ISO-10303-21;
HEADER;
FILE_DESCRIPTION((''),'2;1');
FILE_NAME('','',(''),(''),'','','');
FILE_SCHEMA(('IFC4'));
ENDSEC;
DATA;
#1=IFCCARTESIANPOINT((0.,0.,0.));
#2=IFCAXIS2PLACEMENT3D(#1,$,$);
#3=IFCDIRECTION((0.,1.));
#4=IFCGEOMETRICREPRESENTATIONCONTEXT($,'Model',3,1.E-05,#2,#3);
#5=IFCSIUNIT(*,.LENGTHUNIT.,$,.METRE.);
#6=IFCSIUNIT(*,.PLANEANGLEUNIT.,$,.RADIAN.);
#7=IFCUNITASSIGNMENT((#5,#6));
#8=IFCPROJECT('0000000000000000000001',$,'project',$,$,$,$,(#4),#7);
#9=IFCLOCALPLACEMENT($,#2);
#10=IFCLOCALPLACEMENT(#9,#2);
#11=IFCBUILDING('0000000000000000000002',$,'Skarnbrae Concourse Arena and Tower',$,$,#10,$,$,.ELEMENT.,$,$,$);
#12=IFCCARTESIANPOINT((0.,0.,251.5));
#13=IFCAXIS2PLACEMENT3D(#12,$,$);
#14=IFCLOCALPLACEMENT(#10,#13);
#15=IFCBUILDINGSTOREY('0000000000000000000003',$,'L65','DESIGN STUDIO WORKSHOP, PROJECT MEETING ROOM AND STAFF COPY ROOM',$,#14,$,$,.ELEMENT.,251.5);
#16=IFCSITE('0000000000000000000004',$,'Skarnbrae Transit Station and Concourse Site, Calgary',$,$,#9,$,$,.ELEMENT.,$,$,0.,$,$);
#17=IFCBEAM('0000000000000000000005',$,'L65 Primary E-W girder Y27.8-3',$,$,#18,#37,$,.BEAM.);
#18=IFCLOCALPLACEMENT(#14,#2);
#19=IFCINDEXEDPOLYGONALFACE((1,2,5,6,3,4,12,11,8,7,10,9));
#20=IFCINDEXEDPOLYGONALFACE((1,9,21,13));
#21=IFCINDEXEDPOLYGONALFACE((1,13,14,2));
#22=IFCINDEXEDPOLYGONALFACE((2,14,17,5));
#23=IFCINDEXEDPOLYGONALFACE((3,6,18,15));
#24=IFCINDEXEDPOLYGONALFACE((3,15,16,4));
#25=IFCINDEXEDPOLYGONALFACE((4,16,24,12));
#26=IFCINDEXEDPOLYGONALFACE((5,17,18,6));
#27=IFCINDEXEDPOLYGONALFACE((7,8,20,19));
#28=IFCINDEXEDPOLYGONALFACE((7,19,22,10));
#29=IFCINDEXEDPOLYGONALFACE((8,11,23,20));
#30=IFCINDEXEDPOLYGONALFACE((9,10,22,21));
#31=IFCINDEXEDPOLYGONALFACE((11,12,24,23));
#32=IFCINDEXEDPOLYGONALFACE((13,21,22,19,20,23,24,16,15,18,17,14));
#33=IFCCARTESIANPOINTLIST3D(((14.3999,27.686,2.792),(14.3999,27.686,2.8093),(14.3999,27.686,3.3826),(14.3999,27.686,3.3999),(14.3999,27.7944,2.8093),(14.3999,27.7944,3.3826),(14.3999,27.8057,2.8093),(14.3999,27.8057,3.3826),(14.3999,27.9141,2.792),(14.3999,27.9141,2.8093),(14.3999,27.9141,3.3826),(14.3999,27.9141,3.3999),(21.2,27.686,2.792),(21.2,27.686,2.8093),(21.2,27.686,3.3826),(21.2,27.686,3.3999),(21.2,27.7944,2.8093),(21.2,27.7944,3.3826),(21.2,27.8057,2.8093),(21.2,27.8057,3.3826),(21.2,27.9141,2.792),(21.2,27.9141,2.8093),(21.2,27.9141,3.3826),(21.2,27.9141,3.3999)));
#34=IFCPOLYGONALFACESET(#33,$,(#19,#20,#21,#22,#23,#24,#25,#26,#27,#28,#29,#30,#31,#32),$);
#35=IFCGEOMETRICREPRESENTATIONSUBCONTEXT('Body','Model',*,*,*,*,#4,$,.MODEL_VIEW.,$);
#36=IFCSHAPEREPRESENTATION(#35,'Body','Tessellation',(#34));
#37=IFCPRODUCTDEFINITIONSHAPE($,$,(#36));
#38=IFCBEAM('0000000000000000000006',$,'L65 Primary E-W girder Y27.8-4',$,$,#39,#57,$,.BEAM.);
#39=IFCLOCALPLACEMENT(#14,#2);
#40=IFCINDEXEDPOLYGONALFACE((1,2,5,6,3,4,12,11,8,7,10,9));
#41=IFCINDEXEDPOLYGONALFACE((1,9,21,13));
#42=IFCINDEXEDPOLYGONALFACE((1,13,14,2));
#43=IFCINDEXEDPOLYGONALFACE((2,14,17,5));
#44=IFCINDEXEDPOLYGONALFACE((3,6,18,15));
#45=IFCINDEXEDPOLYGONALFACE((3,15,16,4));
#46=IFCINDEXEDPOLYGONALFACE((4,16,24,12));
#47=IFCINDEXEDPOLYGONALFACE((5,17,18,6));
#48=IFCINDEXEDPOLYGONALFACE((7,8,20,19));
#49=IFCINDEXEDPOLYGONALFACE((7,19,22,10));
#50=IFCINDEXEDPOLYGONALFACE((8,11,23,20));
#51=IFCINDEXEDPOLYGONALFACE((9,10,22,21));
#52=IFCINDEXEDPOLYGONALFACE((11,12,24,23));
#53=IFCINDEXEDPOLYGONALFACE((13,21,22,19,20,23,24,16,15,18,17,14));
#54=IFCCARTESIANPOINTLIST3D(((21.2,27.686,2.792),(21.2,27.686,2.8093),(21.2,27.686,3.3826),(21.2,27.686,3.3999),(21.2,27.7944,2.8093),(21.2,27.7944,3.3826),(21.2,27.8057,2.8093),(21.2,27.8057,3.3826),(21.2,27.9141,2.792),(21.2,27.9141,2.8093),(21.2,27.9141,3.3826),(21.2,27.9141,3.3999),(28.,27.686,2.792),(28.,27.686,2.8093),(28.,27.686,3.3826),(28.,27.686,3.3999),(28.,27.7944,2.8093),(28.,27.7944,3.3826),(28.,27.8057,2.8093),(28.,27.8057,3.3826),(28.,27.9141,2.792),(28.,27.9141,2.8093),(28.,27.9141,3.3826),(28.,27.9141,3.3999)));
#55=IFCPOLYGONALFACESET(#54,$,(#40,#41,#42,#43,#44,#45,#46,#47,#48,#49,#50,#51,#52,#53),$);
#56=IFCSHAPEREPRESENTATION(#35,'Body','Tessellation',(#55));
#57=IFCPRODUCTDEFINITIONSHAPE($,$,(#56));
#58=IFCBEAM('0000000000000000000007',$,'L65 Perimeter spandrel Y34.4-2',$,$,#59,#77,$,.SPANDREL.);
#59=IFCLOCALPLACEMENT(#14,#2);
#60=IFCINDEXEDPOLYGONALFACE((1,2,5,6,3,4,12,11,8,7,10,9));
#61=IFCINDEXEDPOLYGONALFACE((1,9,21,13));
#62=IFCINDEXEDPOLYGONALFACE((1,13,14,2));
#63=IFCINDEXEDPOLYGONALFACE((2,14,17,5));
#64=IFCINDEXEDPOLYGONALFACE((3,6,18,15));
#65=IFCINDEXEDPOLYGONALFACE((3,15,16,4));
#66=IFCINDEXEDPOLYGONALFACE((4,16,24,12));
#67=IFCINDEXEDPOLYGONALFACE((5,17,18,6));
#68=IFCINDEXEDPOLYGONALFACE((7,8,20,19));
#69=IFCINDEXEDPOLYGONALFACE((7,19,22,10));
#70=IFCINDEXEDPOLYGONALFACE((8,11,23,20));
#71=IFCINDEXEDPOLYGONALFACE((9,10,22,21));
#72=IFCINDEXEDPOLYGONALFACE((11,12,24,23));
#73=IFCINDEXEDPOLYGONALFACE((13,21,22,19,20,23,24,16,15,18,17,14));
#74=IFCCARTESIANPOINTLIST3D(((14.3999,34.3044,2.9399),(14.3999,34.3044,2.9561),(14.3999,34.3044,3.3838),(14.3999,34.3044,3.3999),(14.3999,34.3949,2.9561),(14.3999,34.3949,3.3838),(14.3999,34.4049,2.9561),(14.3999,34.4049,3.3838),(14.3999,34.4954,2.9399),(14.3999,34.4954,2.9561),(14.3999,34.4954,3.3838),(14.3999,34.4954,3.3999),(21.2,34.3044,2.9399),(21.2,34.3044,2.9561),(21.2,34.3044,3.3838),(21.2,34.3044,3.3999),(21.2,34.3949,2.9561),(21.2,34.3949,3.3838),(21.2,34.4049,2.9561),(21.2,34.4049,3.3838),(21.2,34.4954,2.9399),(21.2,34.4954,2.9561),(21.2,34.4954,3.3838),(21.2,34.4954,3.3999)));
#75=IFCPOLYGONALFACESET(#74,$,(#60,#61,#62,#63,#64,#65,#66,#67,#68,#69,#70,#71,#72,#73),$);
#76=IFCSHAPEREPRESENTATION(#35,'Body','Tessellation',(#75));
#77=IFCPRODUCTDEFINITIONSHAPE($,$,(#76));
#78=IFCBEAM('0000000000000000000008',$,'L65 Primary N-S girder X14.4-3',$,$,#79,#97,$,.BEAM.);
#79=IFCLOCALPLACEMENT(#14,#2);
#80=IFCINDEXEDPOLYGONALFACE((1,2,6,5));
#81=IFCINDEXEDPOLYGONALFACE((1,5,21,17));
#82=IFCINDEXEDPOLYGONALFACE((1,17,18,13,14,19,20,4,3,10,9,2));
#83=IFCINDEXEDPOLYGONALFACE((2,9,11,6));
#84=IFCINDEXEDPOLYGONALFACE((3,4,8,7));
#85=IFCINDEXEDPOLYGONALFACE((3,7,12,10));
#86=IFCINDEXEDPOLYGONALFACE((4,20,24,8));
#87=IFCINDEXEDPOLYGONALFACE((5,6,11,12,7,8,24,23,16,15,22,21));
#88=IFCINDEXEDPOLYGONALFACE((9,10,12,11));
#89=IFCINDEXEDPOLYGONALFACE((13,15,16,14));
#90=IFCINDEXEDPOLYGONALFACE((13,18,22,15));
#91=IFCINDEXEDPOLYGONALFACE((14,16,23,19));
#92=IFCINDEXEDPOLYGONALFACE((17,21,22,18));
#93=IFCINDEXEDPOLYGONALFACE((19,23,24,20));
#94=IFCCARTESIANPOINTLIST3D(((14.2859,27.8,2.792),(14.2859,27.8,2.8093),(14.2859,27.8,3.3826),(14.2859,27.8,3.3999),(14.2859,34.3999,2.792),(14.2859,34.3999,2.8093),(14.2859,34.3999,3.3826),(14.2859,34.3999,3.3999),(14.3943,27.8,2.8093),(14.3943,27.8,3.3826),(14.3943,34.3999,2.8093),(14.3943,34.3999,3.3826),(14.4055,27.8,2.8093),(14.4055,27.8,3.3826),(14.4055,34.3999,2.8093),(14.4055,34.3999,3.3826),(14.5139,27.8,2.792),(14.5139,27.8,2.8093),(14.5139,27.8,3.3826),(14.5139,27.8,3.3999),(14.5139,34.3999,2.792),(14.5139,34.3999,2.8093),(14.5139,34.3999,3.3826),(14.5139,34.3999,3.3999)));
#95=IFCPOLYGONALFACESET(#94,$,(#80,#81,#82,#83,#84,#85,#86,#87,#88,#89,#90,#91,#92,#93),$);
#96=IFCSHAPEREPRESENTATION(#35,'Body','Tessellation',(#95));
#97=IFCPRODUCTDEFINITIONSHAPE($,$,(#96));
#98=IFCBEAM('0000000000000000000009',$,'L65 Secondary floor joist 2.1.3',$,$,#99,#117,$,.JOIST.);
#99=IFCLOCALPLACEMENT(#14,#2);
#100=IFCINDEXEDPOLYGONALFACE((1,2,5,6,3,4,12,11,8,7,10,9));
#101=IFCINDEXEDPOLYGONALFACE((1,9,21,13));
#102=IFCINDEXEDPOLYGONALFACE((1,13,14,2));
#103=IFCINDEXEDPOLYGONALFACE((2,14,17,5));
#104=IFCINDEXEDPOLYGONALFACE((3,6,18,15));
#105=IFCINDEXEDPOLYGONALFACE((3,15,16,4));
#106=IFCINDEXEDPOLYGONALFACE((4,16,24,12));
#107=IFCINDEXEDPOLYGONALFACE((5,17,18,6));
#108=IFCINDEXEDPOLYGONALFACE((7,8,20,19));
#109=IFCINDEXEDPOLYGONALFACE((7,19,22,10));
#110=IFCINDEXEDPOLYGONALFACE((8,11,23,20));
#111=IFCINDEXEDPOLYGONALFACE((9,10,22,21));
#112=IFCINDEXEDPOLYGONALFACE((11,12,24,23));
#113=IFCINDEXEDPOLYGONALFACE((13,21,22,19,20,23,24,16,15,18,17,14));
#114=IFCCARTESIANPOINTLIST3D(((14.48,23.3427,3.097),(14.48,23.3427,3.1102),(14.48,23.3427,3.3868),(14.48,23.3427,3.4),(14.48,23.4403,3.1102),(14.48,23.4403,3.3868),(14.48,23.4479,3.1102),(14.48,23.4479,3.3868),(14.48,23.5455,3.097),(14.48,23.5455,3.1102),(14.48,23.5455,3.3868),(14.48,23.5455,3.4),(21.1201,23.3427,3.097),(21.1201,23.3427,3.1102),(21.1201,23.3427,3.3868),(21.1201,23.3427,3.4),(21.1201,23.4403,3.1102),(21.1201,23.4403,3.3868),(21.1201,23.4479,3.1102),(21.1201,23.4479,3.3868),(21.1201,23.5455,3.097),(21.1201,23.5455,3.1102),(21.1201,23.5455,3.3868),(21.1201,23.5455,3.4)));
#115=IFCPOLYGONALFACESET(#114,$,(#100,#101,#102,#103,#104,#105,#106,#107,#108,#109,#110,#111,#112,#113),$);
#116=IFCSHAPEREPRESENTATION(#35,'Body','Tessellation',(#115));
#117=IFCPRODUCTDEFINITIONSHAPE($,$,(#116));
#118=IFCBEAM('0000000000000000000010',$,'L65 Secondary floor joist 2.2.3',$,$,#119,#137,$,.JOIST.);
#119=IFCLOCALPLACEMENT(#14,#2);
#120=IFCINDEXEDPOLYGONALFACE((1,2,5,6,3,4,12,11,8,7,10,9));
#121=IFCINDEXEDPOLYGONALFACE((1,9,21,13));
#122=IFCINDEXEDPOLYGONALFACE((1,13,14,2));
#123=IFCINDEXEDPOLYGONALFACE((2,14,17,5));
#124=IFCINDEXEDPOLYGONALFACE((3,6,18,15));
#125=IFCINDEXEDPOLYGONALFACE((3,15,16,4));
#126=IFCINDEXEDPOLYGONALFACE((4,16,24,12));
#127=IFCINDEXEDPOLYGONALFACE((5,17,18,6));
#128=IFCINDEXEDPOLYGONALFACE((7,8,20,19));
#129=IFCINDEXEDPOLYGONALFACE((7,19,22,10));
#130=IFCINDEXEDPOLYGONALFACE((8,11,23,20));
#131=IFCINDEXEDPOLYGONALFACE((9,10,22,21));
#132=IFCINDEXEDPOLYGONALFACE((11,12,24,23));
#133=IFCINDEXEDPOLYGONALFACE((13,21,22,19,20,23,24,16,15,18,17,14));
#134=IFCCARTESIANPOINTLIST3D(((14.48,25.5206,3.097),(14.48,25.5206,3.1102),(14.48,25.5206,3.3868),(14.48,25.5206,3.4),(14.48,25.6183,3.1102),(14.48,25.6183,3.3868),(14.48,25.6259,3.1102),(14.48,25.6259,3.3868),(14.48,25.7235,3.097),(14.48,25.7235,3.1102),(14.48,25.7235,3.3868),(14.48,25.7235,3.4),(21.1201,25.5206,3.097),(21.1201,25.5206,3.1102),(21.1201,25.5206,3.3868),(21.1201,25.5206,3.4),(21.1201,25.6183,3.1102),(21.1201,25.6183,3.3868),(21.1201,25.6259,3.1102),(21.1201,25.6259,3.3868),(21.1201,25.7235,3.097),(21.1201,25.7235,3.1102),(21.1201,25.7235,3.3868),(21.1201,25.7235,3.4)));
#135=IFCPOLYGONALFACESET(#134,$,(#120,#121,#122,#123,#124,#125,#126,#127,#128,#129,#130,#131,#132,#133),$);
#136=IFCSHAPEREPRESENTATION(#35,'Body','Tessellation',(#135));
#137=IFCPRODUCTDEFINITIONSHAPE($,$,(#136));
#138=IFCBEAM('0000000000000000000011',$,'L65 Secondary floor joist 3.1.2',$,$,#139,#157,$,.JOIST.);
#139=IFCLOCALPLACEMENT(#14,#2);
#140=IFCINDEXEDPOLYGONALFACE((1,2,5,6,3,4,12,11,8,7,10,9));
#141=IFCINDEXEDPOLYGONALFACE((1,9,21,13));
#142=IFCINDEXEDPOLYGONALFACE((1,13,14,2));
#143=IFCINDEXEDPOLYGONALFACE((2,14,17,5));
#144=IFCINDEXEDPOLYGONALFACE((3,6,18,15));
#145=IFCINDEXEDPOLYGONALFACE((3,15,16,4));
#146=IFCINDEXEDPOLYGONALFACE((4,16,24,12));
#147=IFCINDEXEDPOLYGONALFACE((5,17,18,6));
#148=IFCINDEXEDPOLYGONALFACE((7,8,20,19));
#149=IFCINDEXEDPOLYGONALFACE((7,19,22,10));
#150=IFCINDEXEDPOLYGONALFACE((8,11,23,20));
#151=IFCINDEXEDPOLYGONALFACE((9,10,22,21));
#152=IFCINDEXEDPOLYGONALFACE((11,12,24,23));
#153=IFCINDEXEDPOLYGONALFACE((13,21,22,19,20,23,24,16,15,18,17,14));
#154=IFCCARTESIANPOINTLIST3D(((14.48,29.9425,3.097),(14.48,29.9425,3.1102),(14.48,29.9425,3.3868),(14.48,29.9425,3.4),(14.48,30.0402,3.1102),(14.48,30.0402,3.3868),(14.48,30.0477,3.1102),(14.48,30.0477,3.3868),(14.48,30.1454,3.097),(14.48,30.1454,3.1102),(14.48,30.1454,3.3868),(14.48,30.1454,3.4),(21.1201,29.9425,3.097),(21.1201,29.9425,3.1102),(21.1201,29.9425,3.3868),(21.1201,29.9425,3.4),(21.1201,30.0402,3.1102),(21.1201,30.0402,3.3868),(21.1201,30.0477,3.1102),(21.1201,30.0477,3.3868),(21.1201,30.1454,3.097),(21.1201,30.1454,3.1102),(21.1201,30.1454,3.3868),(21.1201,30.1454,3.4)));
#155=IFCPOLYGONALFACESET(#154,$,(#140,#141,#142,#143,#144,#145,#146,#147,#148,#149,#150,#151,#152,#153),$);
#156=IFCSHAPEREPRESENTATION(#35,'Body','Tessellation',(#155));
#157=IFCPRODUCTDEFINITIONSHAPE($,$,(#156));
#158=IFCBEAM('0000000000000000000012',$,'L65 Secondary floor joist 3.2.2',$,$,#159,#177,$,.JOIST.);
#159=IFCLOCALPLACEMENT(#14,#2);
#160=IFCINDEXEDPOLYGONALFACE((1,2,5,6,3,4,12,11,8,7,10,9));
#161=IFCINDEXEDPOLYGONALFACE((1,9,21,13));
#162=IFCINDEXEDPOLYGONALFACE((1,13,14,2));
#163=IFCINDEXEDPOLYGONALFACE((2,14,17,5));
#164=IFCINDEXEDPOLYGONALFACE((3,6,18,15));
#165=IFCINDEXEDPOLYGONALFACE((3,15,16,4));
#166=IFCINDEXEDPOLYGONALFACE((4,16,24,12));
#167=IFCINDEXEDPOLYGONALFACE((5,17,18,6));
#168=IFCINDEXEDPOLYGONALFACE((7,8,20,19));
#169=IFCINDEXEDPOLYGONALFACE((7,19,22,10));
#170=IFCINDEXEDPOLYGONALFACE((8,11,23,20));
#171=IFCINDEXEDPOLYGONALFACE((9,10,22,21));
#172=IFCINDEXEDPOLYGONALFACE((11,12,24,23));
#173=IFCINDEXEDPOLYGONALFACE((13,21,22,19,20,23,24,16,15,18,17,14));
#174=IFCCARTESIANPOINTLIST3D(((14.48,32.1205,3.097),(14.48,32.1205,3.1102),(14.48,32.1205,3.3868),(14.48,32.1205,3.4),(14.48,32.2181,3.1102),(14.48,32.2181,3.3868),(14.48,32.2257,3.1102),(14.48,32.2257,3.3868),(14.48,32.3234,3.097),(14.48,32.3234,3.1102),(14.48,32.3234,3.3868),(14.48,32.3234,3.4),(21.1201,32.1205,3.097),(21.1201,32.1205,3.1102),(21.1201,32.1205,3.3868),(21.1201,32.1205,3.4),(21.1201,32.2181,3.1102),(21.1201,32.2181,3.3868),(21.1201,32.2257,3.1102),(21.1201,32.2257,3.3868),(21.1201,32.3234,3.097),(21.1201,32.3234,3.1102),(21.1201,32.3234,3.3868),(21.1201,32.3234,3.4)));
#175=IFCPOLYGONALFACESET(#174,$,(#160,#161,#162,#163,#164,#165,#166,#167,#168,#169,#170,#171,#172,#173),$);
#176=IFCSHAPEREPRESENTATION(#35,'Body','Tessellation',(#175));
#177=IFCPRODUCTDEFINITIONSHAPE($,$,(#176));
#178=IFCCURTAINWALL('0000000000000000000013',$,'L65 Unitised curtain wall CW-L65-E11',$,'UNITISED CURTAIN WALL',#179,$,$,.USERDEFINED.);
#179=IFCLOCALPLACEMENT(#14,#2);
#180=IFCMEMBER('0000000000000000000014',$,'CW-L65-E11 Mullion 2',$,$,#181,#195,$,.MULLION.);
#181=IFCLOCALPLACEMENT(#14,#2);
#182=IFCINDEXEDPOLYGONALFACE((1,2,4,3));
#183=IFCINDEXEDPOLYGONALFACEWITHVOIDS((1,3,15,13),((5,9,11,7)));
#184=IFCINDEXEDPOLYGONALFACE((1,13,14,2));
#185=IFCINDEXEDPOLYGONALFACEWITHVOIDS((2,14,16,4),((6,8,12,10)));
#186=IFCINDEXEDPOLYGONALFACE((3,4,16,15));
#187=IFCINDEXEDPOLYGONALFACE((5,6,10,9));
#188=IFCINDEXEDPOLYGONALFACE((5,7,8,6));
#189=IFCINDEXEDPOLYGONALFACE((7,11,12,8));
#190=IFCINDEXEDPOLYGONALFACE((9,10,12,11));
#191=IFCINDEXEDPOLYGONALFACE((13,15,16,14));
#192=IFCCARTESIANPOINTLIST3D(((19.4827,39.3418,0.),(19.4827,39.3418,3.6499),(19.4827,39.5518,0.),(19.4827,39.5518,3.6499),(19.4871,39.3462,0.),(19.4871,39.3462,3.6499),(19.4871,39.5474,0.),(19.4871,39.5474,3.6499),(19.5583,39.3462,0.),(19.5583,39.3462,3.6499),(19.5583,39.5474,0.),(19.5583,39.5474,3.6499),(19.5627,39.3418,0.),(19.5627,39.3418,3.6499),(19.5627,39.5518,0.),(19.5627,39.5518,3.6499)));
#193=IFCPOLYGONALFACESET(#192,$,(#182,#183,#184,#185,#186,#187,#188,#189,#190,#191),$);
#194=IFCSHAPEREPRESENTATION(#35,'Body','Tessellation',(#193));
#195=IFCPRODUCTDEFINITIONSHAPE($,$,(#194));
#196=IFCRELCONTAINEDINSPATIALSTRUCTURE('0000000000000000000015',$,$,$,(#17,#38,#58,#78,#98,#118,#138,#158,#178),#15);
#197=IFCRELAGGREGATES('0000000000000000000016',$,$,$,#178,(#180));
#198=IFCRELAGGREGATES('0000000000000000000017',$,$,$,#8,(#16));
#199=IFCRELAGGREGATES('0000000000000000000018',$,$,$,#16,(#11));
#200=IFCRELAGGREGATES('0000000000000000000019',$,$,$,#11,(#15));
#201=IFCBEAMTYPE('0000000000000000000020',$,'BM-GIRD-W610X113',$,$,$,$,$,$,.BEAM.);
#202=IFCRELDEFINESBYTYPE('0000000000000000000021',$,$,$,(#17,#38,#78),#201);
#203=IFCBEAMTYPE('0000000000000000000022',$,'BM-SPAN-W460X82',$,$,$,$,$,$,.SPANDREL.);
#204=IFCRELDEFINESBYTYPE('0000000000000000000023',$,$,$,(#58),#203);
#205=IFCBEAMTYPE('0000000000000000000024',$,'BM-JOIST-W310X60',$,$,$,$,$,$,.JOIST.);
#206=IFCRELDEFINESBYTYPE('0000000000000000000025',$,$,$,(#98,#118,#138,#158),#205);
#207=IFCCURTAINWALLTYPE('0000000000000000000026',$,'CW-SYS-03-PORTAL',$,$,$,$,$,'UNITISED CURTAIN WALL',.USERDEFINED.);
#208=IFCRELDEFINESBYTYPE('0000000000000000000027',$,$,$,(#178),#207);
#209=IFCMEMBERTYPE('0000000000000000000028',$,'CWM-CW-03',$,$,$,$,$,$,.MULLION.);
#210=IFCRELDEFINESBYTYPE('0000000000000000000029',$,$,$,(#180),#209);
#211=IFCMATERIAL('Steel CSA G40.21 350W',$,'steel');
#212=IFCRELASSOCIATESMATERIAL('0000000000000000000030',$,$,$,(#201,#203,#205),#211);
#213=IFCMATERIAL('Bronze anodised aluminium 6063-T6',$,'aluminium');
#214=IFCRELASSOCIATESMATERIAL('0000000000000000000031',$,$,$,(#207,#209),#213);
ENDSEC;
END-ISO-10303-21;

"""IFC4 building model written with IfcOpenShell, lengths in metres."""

from ifc_helpers import new_model, si_unit, direction, frame, origin, origin_2d, place, context, subcontext, project, spatial, hollow_rectangle, i_section, extrude, source, transform, mapped, material, material_profile, profile_set, type_object, element, aggregate, save


model = new_model("IFC4")

# Units and contexts
model_context = context("Model", 3, precision=1e-05, world=origin(), true_north=direction((0.0, 1.0)))
body_context = subcontext(model_context, "Body", "Model", "MODEL_VIEW")
ifc_project = project(units=[si_unit("LENGTHUNIT", "METRE"), si_unit("PLANEANGLEUNIT", "RADIAN")], contexts=[model_context])

# Site, building, storey
site_placement = place(None, origin())
site = spatial("IfcSite", under=ifc_project, at=site_placement, Name="Skarnbrae Transit Station and Concourse Site, Calgary", CompositionType="ELEMENT", RefElevation=0.0)
building_placement = place(site_placement, origin())
building = spatial("IfcBuilding", under=site, at=building_placement, Name="Skarnbrae Concourse Arena and Tower", CompositionType="ELEMENT")
storey_placement = place(building_placement, frame((0.0, 0.0, 251.5)))
storey = spatial("IfcBuildingStorey", under=building, at=storey_placement, Name="L65", Description="DESIGN STUDIO WORKSHOP, PROJECT MEETING ROOM AND STAFF COPY ROOM", CompositionType="ELEMENT", Elevation=251.5)

# Shared definitions
ifc_material_1 = material(Name="Steel CSA G40.21 350W", Category="steel")

# Beams
ifc_material_profile_1 = material_profile(ifc_material_1, i_section(OverallWidth=0.228, OverallDepth=0.6079, WebThickness=0.0112, FlangeThickness=0.0173, at=origin_2d()), Name="W610X113")
ifc_profile_set_1 = profile_set([ifc_material_profile_1], Name="Steel CSA G40.21 350W")
beam_type_1 = type_object("IfcBeamType", Name="BM-GIRD-W610X113", PredefinedType="BEAM", material=ifc_profile_set_1)
shared_shape_1 = source(origin(), body_context, "Body", "SweptSolid", [
    extrude(i_section(OverallWidth=0.228, OverallDepth=0.6079, WebThickness=0.0112, FlangeThickness=0.0173, at=origin_2d()), origin(), (0.0, 0.0, 1.0), 6.8),
])
for number, where, z_axis, x_axis, name in (
    (1, (14.3999, 27.8, 3.0959), (1.0, 0.0, 0.0), (0.0, 1.0, 0.0), "L65 Primary E-W girder Y27.8-3"),
    (2, (21.2, 27.8, 3.0959), (1.0, 0.0, 0.0), (0.0, 1.0, 0.0), "L65 Primary E-W girder Y27.8-4"),
):
    element("IfcBeam", number, at=place(storey_placement, frame(where, z_axis=z_axis, x_axis=x_axis)), inside=storey, type_object=beam_type_1, Name=name, PredefinedType="BEAM", context=body_context, shape_type="MappedRepresentation", body=[
        mapped(shared_shape_1, transform((0.0, 0.0, 0.0))),
    ])
ifc_material_profile_2 = material_profile(ifc_material_1, i_section(OverallWidth=0.1909, OverallDepth=0.46, WebThickness=0.01, FlangeThickness=0.0161, at=origin_2d()), Name="W460X82")
ifc_profile_set_2 = profile_set([ifc_material_profile_2], Name="Steel CSA G40.21 350W")
beam_type_2 = type_object("IfcBeamType", Name="BM-SPAN-W460X82", PredefinedType="SPANDREL", material=ifc_profile_set_2)
shared_shape_2 = source(origin(), body_context, "Body", "SweptSolid", [
    extrude(i_section(OverallWidth=0.1909, OverallDepth=0.46, WebThickness=0.01, FlangeThickness=0.0161, at=origin_2d()), origin(), (0.0, 0.0, 1.0), 6.8),
])
beam_1_placement = place(storey_placement, frame((14.3999, 34.3999, 3.1699), z_axis=(1.0, 0.0, 0.0), x_axis=(0.0, 1.0, 0.0)))
element("IfcBeam", 3, at=beam_1_placement, inside=storey, type_object=beam_type_2, Name="L65 Perimeter spandrel Y34.4-2", PredefinedType="SPANDREL", context=body_context, shape_type="MappedRepresentation", body=[
    mapped(shared_shape_2, transform((0.0, 0.0, 0.0))),
])
shared_shape_3 = source(origin(), body_context, "Body", "SweptSolid", [
    extrude(i_section(OverallWidth=0.228, OverallDepth=0.6079, WebThickness=0.0112, FlangeThickness=0.0173, at=origin_2d()), origin(), (0.0, 0.0, 1.0), 6.5999),
])
beam_2_placement = place(storey_placement, frame((14.3999, 27.8, 3.0959), z_axis=(0.0, 1.0, 0.0), x_axis=(-1.0, 0.0, 0.0)))
element("IfcBeam", 4, at=beam_2_placement, inside=storey, type_object=beam_type_1, Name="L65 Primary N-S girder X14.4-3", PredefinedType="BEAM", context=body_context, shape_type="MappedRepresentation", body=[
    mapped(shared_shape_3, transform((0.0, 0.0, 0.0))),
])
ifc_material_profile_3 = material_profile(ifc_material_1, i_section(OverallWidth=0.2029, OverallDepth=0.303, WebThickness=0.0076, FlangeThickness=0.0132, at=origin_2d()), Name="W310X60")
ifc_profile_set_3 = profile_set([ifc_material_profile_3], Name="Steel CSA G40.21 350W")
beam_type_3 = type_object("IfcBeamType", Name="BM-JOIST-W310X60", PredefinedType="JOIST", material=ifc_profile_set_3)
shared_shape_4 = source(origin(), body_context, "Body", "SweptSolid", [
    extrude(i_section(OverallWidth=0.2029, OverallDepth=0.303, WebThickness=0.0076, FlangeThickness=0.0132, at=origin_2d()), origin(), (0.0, 0.0, 1.0), 6.6401),
])
for number, where, z_axis, x_axis, name in (
    (5, (14.48, 23.4441, 3.2485), (1.0, 0.0, 0.0), (0.0, 1.0, 0.0), "L65 Secondary floor joist 2.1.3"),
    (6, (14.48, 25.6221, 3.2485), (1.0, 0.0, 0.0), (0.0, 1.0, 0.0), "L65 Secondary floor joist 2.2.3"),
    (7, (14.48, 30.0439, 3.2485), (1.0, 0.0, 0.0), (0.0, 1.0, 0.0), "L65 Secondary floor joist 3.1.2"),
    (8, (14.48, 32.2219, 3.2485), (1.0, 0.0, 0.0), (0.0, 1.0, 0.0), "L65 Secondary floor joist 3.2.2"),
):
    element("IfcBeam", number, at=place(storey_placement, frame(where, z_axis=z_axis, x_axis=x_axis)), inside=storey, type_object=beam_type_3, Name=name, PredefinedType="JOIST", context=body_context, shape_type="MappedRepresentation", body=[
        mapped(shared_shape_4, transform((0.0, 0.0, 0.0))),
    ])

# Curtain wall, member
ifc_material_2 = material(Name="Bronze anodised aluminium 6063-T6", Category="aluminium")
curtain_wall_type_1 = type_object("IfcCurtainWallType", Name="CW-SYS-03-PORTAL", ElementType="UNITISED CURTAIN WALL", PredefinedType="USERDEFINED", material=ifc_material_2)
curtain_wall_1_placement = place(storey_placement, origin())
curtain_wall_1 = element("IfcCurtainWall", 9, at=curtain_wall_1_placement, inside=storey, type_object=curtain_wall_type_1, Name="L65 Unitised curtain wall CW-L65-E11", ObjectType="UNITISED CURTAIN WALL", PredefinedType="USERDEFINED")
ifc_material_profile_4 = material_profile(ifc_material_2, hollow_rectangle(XDim=0.0801, YDim=0.21, WallThickness=0.0044, at=origin_2d()), Name="ALU-MULL-80X210")
ifc_profile_set_4 = profile_set([ifc_material_profile_4], Name="Bronze anodised aluminium 6063-T6")
member_type_1 = type_object("IfcMemberType", Name="CWM-CW-03", PredefinedType="MULLION", material=ifc_profile_set_4)
shared_shape_5 = source(origin(), body_context, "Body", "SweptSolid", [
    extrude(hollow_rectangle(XDim=0.0801, YDim=0.21, WallThickness=0.0044, at=origin_2d()), origin(), (0.0, 0.0, 1.0), 3.6499),
])
member_1_placement = place(storey_placement, frame((19.5227, 39.4468, 0.0), z_axis=(0.0, 0.0, 1.0), x_axis=(-1.0, 0.0, 0.0)))
member_1 = element("IfcMember", 10, at=member_1_placement, type_object=member_type_1, Name="CW-L65-E11 Mullion 2", PredefinedType="MULLION", context=body_context, shape_type="MappedRepresentation", body=[
    mapped(shared_shape_5, transform((0.0, 0.0, 0.0))),
])
aggregate(curtain_wall_1, [member_1])

save(model, "model.ifc")
